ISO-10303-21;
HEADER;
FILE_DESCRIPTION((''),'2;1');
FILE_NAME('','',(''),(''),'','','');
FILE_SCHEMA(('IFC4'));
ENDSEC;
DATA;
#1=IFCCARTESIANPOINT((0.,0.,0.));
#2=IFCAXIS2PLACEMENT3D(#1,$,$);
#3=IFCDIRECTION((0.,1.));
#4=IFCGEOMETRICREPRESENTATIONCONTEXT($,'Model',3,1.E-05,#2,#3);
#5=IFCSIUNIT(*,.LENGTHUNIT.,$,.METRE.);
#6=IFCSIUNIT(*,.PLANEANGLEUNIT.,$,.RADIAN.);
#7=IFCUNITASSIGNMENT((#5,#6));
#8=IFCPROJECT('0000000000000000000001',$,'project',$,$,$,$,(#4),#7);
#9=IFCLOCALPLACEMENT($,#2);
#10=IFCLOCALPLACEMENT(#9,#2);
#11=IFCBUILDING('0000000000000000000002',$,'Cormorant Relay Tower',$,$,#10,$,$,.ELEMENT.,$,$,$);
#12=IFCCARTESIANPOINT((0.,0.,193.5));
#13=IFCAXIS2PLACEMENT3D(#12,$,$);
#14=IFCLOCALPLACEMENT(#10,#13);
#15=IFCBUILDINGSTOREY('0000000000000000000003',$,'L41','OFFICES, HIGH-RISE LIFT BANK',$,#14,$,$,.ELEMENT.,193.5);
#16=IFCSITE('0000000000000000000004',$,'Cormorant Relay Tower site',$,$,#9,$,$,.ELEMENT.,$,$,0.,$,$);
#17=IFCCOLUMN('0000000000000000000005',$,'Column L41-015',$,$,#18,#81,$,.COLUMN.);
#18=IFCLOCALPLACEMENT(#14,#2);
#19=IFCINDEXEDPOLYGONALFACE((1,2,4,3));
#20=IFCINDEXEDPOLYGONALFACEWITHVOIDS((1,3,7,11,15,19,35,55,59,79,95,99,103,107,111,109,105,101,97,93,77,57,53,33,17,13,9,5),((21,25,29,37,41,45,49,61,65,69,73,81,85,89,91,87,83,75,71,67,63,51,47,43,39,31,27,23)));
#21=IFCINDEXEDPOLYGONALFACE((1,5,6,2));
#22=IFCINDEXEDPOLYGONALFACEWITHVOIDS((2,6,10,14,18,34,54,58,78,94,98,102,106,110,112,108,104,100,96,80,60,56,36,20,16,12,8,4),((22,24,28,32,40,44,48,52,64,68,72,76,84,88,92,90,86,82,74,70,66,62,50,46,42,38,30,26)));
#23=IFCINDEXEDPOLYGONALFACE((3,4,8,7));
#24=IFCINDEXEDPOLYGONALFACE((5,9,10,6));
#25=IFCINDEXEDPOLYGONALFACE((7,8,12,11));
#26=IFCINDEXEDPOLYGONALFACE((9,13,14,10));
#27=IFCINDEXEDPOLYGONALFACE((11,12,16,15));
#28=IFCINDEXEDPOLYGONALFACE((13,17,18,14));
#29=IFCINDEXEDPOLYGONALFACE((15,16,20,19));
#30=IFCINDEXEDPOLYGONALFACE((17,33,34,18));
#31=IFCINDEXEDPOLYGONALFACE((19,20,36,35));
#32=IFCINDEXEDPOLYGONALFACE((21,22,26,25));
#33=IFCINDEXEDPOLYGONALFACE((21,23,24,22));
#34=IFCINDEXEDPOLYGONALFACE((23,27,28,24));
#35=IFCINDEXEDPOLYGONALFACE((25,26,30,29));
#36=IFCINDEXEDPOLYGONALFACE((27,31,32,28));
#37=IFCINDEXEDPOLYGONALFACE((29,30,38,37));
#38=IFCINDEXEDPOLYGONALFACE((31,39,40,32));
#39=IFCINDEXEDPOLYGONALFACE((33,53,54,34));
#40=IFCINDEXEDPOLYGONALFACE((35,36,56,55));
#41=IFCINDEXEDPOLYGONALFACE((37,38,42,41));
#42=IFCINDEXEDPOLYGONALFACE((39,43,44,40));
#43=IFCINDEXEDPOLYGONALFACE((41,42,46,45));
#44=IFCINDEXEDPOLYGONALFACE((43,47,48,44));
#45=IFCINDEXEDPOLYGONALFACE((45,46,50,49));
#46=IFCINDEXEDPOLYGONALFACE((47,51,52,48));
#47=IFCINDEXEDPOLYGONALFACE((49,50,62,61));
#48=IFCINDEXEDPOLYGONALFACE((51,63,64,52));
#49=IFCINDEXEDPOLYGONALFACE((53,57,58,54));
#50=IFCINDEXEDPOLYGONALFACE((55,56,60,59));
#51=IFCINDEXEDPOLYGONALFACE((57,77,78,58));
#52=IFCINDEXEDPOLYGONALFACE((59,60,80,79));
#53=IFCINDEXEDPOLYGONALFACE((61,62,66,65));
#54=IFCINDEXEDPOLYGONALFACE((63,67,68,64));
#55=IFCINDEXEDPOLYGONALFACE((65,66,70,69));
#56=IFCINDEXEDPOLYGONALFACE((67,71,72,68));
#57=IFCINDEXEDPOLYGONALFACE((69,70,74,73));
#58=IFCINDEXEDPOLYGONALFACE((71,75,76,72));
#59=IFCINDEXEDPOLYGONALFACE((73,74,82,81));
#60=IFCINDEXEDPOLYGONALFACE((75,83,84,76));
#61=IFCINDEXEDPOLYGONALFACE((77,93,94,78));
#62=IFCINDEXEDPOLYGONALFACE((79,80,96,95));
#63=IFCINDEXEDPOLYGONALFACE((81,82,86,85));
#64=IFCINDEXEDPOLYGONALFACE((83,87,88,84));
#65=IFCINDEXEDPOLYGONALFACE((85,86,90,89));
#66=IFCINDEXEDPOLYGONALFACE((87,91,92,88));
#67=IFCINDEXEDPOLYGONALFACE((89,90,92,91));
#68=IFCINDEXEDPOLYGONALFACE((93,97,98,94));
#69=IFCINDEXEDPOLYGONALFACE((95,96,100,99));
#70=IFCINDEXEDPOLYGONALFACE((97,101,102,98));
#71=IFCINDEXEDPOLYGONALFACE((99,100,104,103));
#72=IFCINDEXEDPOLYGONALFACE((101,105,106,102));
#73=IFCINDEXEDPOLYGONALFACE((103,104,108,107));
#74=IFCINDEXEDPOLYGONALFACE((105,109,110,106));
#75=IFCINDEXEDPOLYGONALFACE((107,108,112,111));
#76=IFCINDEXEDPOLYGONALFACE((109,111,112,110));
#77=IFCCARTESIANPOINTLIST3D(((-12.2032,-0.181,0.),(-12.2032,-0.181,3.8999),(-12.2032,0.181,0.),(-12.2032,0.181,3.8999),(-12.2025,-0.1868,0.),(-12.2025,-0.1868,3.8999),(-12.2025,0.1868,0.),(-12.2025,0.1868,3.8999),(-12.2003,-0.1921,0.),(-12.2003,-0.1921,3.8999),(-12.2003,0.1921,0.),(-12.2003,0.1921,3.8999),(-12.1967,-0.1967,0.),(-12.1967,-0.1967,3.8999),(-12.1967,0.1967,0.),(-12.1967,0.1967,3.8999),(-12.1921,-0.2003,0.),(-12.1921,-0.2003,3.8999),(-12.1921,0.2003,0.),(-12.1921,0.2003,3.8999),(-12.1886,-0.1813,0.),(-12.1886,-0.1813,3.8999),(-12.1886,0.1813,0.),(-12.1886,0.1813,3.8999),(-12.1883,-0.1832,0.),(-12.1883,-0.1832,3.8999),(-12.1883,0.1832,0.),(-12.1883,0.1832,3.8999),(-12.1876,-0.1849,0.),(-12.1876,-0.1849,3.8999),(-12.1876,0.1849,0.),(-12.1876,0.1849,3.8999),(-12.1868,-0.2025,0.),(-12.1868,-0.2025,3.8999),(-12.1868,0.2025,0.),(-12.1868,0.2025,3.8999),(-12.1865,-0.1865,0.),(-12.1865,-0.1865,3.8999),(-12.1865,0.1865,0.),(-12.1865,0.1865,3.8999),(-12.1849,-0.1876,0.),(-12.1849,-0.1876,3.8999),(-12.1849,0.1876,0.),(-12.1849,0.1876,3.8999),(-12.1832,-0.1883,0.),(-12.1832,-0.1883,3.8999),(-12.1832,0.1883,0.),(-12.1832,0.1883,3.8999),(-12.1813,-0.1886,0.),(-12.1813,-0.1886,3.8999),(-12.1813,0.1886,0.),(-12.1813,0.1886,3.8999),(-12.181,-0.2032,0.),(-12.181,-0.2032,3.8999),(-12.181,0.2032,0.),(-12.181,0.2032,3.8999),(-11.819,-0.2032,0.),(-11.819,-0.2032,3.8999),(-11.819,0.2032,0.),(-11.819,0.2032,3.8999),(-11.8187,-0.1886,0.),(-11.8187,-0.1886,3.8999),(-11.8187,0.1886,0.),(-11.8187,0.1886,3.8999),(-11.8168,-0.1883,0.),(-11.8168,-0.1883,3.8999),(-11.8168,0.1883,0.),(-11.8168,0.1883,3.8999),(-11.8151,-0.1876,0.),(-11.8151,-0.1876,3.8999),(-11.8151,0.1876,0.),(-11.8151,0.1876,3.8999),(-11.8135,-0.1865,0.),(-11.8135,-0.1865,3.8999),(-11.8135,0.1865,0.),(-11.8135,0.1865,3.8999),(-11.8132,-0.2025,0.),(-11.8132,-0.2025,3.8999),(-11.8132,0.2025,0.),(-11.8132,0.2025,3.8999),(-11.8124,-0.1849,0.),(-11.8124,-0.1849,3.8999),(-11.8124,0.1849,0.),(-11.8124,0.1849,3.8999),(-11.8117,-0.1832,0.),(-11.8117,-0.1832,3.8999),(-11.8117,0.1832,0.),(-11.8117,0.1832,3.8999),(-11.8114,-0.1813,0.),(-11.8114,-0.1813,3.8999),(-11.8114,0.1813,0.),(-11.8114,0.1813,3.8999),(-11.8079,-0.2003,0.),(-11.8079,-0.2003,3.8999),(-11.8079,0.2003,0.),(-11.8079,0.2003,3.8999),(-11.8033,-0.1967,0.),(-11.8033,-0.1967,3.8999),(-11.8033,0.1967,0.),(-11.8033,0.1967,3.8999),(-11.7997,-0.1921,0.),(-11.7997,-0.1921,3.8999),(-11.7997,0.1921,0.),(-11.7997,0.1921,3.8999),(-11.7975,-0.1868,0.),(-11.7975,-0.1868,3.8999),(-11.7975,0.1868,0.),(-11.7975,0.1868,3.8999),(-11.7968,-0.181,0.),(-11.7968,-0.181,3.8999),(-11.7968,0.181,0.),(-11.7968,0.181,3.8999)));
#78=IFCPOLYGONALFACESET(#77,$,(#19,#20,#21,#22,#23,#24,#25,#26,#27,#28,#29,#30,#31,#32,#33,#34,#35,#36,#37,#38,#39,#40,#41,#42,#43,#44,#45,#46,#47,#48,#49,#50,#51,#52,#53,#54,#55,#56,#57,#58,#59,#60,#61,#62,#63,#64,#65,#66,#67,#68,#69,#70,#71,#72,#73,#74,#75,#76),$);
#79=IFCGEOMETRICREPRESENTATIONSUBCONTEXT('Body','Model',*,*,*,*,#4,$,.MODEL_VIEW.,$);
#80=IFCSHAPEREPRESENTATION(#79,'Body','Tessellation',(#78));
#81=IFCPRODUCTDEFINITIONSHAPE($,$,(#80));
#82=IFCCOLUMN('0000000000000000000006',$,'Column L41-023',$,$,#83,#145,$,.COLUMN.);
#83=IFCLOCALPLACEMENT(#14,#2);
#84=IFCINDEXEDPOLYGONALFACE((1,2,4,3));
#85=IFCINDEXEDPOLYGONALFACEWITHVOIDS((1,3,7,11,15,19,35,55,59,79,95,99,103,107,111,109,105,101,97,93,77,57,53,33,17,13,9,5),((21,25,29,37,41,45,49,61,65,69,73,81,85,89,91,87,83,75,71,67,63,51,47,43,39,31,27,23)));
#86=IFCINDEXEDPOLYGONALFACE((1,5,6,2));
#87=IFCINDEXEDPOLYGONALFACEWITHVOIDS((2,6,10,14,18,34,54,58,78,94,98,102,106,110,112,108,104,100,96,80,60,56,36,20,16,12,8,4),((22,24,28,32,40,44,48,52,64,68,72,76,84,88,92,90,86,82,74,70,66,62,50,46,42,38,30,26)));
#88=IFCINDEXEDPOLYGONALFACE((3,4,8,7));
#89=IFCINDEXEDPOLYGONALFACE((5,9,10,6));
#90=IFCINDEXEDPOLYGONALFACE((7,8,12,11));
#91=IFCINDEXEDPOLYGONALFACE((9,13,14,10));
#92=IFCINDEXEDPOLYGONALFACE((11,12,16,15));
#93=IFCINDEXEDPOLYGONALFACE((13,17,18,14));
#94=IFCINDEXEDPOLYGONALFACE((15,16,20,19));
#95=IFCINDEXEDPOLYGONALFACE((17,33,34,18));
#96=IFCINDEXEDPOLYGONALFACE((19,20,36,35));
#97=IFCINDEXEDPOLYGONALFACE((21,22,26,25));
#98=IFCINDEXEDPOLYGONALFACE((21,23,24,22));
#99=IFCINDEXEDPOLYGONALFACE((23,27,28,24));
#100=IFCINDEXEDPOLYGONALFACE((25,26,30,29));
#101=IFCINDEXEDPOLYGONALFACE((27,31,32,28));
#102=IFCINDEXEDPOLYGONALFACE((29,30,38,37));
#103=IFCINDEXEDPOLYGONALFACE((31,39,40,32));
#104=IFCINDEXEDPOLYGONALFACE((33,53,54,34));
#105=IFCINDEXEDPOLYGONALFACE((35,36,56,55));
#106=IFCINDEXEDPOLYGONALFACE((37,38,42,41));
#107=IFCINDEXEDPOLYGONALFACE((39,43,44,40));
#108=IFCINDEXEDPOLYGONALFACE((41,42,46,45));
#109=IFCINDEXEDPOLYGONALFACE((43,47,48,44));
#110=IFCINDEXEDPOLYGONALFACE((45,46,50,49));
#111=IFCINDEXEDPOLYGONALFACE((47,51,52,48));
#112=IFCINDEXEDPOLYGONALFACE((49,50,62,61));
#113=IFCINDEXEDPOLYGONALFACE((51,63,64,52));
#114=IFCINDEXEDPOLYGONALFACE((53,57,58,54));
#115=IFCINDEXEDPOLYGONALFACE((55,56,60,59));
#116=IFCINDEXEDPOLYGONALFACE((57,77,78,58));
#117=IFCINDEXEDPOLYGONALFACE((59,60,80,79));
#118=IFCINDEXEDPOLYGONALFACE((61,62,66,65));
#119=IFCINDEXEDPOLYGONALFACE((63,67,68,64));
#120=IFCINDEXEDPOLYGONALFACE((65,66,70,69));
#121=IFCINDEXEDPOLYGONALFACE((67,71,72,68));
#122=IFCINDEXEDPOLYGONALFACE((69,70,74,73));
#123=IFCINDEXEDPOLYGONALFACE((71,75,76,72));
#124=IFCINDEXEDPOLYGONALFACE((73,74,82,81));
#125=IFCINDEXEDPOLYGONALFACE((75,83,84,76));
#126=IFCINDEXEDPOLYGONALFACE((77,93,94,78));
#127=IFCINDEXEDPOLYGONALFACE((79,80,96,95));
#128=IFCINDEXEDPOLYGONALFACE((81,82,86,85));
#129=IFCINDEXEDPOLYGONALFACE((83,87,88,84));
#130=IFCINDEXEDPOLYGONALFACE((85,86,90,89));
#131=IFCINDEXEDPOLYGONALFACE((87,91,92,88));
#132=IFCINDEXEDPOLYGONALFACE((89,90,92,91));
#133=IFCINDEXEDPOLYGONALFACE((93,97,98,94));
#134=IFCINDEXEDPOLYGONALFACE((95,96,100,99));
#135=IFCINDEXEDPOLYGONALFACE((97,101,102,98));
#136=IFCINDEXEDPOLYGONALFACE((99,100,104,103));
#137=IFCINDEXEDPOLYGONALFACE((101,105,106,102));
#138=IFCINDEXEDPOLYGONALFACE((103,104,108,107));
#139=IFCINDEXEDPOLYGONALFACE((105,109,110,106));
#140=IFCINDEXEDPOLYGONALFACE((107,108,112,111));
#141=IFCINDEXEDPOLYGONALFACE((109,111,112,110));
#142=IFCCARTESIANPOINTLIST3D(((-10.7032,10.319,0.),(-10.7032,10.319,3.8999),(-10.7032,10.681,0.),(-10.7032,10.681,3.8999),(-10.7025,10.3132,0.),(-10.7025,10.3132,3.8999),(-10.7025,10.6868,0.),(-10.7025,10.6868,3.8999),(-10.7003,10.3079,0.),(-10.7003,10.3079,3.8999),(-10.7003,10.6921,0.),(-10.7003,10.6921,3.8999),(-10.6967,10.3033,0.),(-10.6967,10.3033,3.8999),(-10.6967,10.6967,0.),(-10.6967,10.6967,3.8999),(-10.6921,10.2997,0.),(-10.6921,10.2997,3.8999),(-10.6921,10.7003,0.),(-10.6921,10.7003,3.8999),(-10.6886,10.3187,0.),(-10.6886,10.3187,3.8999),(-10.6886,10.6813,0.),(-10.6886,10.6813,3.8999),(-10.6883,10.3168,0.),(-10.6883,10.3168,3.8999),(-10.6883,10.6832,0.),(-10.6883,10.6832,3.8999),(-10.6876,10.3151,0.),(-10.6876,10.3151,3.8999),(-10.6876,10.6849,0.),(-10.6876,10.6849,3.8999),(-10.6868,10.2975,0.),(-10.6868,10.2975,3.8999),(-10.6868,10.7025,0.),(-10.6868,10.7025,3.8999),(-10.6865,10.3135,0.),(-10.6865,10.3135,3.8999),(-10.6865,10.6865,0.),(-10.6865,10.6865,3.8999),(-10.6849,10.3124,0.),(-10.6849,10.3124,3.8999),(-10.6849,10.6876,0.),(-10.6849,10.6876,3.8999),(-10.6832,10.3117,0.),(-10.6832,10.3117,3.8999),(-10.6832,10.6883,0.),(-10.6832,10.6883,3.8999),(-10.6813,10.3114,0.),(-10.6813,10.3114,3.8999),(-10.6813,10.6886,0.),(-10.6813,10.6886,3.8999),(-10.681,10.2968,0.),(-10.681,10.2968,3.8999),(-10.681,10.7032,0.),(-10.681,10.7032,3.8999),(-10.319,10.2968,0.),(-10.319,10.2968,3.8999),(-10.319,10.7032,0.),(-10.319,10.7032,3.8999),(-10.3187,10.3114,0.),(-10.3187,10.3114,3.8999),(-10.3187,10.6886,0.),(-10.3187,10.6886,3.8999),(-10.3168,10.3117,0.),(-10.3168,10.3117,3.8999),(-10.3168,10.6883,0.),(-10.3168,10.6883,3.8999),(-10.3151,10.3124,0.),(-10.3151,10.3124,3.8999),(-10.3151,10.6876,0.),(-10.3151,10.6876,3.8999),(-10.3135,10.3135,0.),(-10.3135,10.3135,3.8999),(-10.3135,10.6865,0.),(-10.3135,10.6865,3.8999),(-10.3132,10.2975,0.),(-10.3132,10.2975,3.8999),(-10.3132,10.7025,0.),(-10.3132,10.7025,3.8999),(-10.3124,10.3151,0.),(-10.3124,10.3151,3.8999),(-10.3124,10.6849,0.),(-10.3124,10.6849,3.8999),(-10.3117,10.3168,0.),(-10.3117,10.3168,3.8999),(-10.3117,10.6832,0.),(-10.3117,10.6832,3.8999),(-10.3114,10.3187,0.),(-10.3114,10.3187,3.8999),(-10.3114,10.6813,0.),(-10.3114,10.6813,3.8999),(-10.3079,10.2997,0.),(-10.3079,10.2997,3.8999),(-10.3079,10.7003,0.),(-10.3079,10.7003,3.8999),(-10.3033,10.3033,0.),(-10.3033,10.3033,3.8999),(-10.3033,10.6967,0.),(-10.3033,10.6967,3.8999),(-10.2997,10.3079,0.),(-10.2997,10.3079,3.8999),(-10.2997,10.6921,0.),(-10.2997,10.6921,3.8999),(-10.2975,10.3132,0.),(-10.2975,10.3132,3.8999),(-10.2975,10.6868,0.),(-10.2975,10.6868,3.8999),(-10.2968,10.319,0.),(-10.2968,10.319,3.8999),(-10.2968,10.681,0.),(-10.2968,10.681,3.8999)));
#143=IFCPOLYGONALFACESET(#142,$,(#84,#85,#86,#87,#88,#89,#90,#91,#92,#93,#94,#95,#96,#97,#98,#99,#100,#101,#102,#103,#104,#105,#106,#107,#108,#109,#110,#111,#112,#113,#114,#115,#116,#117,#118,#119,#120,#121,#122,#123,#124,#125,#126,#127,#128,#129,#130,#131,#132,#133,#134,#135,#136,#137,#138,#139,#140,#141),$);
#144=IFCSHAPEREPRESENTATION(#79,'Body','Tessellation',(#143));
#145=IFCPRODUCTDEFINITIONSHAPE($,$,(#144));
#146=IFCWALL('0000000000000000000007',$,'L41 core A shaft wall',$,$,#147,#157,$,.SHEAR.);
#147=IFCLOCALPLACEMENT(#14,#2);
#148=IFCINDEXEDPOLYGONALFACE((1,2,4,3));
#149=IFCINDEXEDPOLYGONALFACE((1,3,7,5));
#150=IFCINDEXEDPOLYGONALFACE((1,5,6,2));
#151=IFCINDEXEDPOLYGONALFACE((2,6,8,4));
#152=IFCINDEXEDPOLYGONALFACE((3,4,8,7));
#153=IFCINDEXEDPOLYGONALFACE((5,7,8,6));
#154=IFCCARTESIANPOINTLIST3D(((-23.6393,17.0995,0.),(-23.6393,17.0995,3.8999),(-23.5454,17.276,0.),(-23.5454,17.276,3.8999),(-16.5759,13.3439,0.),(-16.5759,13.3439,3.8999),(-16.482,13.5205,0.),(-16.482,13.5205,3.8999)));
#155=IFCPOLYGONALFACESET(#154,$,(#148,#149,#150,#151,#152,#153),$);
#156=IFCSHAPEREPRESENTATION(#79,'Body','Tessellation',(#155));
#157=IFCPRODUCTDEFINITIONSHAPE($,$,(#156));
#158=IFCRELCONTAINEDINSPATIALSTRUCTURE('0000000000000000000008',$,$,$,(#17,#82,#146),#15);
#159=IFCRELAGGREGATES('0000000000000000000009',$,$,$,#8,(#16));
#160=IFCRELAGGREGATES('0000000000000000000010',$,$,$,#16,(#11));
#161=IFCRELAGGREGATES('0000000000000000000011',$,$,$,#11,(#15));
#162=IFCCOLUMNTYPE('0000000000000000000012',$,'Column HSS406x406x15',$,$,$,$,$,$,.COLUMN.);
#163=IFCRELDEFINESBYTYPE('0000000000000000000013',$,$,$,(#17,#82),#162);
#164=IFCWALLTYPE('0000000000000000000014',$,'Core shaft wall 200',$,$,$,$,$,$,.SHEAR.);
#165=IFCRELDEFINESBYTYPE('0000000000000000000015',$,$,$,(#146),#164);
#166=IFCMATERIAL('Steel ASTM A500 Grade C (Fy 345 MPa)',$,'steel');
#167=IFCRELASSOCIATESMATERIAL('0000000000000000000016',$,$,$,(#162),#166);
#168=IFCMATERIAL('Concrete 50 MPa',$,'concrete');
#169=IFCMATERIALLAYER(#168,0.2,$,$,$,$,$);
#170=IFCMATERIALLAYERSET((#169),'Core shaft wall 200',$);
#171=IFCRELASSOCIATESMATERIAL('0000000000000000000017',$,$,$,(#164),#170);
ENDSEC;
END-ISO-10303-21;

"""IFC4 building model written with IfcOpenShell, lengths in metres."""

from ifc_helpers import new_model, si_unit, direction, frame, frame_2d, origin, origin_2d, place, context, subcontext, project, spatial, rectangle, hollow_rectangle, extrude, material, layer, layer_set, material_profile, profile_set, type_object, element, save


model = new_model("IFC4")

# Units and contexts
model_context = context("Model", 3, precision=1e-05, world=origin(), true_north=direction((0.0, 1.0)))
body_context = subcontext(model_context, "Body", "Model", "MODEL_VIEW")
ifc_project = project(units=[si_unit("LENGTHUNIT", "METRE"), si_unit("PLANEANGLEUNIT", "RADIAN")], contexts=[model_context])

# Site, building, storey
site_placement = place(None, origin())
site = spatial("IfcSite", under=ifc_project, at=site_placement, Name="Cormorant Relay Tower site", CompositionType="ELEMENT", RefElevation=0.0)
building_placement = place(site_placement, origin())
building = spatial("IfcBuilding", under=site, at=building_placement, Name="Cormorant Relay Tower", CompositionType="ELEMENT")
storey_placement = place(building_placement, frame((0.0, 0.0, 193.5)))
storey = spatial("IfcBuildingStorey", under=building, at=storey_placement, Name="L41", Description="OFFICES, HIGH-RISE LIFT BANK", CompositionType="ELEMENT", Elevation=193.5)

# Columns
ifc_material_1 = material(Name="Steel ASTM A500 Grade C (Fy 345 MPa)", Category="steel")
ifc_material_profile = material_profile(ifc_material_1, hollow_rectangle(XDim=0.4065, YDim=0.4065, WallThickness=0.0146, InnerFilletRadius=0.0073, OuterFilletRadius=0.0222, at=origin_2d()), Name="HSS406x406x15")
ifc_profile_set = profile_set([ifc_material_profile], Name="Steel ASTM A500 Grade C (Fy 345 MPa)")
column_type = type_object("IfcColumnType", Name="Column HSS406x406x15", PredefinedType="COLUMN", material=ifc_profile_set)
for number, where, z_axis, x_axis, name in (
    (1, (-12.0, 0.0, 0.0), (0.0, 0.0, 1.0), (1.0, 0.0, 0.0), "Column L41-015"),
    (2, (-10.5, 10.5, 0.0), (0.0, 0.0, 1.0), (1.0, 0.0, 0.0), "Column L41-023"),
):
    element("IfcColumn", number, at=place(storey_placement, frame(where, z_axis=z_axis, x_axis=x_axis)), inside=storey, type_object=column_type, Name=name, PredefinedType="COLUMN", context=body_context, shape_type="SweptSolid", body=[
        extrude(hollow_rectangle(XDim=0.4065, YDim=0.4065, WallThickness=0.0146, InnerFilletRadius=0.0073, OuterFilletRadius=0.0222, at=origin_2d()), origin(), (0.0, 0.0, 1.0), 3.8999),
    ])

# Wall
ifc_material_2 = material(Name="Concrete 50 MPa", Category="concrete")
ifc_layer_1 = layer(ifc_material_2, 0.2)
ifc_layer_set_1 = layer_set([ifc_layer_1], Name="Core shaft wall 200")
wall_type_1 = type_object("IfcWallType", Name="Core shaft wall 200", PredefinedType="SHEAR", material=ifc_layer_set_1)
wall_1_placement = place(storey_placement, frame((-16.5288, 13.4321, 0.0), z_axis=(0.0, 0.0, 1.0), x_axis=(-0.882953, 0.469462, 0.0)))
element("IfcWall", 3, at=wall_1_placement, inside=storey, type_object=wall_type_1, Name="L41 core A shaft wall", PredefinedType="SHEAR", context=body_context, shape_type="SweptSolid", body=[
    extrude(rectangle(XDim=7.9998, YDim=0.2, at=frame_2d((4.0, 0.0))), origin(), (0.0, 0.0, 1.0), 3.8999),
])

save(model, "model.ifc")
